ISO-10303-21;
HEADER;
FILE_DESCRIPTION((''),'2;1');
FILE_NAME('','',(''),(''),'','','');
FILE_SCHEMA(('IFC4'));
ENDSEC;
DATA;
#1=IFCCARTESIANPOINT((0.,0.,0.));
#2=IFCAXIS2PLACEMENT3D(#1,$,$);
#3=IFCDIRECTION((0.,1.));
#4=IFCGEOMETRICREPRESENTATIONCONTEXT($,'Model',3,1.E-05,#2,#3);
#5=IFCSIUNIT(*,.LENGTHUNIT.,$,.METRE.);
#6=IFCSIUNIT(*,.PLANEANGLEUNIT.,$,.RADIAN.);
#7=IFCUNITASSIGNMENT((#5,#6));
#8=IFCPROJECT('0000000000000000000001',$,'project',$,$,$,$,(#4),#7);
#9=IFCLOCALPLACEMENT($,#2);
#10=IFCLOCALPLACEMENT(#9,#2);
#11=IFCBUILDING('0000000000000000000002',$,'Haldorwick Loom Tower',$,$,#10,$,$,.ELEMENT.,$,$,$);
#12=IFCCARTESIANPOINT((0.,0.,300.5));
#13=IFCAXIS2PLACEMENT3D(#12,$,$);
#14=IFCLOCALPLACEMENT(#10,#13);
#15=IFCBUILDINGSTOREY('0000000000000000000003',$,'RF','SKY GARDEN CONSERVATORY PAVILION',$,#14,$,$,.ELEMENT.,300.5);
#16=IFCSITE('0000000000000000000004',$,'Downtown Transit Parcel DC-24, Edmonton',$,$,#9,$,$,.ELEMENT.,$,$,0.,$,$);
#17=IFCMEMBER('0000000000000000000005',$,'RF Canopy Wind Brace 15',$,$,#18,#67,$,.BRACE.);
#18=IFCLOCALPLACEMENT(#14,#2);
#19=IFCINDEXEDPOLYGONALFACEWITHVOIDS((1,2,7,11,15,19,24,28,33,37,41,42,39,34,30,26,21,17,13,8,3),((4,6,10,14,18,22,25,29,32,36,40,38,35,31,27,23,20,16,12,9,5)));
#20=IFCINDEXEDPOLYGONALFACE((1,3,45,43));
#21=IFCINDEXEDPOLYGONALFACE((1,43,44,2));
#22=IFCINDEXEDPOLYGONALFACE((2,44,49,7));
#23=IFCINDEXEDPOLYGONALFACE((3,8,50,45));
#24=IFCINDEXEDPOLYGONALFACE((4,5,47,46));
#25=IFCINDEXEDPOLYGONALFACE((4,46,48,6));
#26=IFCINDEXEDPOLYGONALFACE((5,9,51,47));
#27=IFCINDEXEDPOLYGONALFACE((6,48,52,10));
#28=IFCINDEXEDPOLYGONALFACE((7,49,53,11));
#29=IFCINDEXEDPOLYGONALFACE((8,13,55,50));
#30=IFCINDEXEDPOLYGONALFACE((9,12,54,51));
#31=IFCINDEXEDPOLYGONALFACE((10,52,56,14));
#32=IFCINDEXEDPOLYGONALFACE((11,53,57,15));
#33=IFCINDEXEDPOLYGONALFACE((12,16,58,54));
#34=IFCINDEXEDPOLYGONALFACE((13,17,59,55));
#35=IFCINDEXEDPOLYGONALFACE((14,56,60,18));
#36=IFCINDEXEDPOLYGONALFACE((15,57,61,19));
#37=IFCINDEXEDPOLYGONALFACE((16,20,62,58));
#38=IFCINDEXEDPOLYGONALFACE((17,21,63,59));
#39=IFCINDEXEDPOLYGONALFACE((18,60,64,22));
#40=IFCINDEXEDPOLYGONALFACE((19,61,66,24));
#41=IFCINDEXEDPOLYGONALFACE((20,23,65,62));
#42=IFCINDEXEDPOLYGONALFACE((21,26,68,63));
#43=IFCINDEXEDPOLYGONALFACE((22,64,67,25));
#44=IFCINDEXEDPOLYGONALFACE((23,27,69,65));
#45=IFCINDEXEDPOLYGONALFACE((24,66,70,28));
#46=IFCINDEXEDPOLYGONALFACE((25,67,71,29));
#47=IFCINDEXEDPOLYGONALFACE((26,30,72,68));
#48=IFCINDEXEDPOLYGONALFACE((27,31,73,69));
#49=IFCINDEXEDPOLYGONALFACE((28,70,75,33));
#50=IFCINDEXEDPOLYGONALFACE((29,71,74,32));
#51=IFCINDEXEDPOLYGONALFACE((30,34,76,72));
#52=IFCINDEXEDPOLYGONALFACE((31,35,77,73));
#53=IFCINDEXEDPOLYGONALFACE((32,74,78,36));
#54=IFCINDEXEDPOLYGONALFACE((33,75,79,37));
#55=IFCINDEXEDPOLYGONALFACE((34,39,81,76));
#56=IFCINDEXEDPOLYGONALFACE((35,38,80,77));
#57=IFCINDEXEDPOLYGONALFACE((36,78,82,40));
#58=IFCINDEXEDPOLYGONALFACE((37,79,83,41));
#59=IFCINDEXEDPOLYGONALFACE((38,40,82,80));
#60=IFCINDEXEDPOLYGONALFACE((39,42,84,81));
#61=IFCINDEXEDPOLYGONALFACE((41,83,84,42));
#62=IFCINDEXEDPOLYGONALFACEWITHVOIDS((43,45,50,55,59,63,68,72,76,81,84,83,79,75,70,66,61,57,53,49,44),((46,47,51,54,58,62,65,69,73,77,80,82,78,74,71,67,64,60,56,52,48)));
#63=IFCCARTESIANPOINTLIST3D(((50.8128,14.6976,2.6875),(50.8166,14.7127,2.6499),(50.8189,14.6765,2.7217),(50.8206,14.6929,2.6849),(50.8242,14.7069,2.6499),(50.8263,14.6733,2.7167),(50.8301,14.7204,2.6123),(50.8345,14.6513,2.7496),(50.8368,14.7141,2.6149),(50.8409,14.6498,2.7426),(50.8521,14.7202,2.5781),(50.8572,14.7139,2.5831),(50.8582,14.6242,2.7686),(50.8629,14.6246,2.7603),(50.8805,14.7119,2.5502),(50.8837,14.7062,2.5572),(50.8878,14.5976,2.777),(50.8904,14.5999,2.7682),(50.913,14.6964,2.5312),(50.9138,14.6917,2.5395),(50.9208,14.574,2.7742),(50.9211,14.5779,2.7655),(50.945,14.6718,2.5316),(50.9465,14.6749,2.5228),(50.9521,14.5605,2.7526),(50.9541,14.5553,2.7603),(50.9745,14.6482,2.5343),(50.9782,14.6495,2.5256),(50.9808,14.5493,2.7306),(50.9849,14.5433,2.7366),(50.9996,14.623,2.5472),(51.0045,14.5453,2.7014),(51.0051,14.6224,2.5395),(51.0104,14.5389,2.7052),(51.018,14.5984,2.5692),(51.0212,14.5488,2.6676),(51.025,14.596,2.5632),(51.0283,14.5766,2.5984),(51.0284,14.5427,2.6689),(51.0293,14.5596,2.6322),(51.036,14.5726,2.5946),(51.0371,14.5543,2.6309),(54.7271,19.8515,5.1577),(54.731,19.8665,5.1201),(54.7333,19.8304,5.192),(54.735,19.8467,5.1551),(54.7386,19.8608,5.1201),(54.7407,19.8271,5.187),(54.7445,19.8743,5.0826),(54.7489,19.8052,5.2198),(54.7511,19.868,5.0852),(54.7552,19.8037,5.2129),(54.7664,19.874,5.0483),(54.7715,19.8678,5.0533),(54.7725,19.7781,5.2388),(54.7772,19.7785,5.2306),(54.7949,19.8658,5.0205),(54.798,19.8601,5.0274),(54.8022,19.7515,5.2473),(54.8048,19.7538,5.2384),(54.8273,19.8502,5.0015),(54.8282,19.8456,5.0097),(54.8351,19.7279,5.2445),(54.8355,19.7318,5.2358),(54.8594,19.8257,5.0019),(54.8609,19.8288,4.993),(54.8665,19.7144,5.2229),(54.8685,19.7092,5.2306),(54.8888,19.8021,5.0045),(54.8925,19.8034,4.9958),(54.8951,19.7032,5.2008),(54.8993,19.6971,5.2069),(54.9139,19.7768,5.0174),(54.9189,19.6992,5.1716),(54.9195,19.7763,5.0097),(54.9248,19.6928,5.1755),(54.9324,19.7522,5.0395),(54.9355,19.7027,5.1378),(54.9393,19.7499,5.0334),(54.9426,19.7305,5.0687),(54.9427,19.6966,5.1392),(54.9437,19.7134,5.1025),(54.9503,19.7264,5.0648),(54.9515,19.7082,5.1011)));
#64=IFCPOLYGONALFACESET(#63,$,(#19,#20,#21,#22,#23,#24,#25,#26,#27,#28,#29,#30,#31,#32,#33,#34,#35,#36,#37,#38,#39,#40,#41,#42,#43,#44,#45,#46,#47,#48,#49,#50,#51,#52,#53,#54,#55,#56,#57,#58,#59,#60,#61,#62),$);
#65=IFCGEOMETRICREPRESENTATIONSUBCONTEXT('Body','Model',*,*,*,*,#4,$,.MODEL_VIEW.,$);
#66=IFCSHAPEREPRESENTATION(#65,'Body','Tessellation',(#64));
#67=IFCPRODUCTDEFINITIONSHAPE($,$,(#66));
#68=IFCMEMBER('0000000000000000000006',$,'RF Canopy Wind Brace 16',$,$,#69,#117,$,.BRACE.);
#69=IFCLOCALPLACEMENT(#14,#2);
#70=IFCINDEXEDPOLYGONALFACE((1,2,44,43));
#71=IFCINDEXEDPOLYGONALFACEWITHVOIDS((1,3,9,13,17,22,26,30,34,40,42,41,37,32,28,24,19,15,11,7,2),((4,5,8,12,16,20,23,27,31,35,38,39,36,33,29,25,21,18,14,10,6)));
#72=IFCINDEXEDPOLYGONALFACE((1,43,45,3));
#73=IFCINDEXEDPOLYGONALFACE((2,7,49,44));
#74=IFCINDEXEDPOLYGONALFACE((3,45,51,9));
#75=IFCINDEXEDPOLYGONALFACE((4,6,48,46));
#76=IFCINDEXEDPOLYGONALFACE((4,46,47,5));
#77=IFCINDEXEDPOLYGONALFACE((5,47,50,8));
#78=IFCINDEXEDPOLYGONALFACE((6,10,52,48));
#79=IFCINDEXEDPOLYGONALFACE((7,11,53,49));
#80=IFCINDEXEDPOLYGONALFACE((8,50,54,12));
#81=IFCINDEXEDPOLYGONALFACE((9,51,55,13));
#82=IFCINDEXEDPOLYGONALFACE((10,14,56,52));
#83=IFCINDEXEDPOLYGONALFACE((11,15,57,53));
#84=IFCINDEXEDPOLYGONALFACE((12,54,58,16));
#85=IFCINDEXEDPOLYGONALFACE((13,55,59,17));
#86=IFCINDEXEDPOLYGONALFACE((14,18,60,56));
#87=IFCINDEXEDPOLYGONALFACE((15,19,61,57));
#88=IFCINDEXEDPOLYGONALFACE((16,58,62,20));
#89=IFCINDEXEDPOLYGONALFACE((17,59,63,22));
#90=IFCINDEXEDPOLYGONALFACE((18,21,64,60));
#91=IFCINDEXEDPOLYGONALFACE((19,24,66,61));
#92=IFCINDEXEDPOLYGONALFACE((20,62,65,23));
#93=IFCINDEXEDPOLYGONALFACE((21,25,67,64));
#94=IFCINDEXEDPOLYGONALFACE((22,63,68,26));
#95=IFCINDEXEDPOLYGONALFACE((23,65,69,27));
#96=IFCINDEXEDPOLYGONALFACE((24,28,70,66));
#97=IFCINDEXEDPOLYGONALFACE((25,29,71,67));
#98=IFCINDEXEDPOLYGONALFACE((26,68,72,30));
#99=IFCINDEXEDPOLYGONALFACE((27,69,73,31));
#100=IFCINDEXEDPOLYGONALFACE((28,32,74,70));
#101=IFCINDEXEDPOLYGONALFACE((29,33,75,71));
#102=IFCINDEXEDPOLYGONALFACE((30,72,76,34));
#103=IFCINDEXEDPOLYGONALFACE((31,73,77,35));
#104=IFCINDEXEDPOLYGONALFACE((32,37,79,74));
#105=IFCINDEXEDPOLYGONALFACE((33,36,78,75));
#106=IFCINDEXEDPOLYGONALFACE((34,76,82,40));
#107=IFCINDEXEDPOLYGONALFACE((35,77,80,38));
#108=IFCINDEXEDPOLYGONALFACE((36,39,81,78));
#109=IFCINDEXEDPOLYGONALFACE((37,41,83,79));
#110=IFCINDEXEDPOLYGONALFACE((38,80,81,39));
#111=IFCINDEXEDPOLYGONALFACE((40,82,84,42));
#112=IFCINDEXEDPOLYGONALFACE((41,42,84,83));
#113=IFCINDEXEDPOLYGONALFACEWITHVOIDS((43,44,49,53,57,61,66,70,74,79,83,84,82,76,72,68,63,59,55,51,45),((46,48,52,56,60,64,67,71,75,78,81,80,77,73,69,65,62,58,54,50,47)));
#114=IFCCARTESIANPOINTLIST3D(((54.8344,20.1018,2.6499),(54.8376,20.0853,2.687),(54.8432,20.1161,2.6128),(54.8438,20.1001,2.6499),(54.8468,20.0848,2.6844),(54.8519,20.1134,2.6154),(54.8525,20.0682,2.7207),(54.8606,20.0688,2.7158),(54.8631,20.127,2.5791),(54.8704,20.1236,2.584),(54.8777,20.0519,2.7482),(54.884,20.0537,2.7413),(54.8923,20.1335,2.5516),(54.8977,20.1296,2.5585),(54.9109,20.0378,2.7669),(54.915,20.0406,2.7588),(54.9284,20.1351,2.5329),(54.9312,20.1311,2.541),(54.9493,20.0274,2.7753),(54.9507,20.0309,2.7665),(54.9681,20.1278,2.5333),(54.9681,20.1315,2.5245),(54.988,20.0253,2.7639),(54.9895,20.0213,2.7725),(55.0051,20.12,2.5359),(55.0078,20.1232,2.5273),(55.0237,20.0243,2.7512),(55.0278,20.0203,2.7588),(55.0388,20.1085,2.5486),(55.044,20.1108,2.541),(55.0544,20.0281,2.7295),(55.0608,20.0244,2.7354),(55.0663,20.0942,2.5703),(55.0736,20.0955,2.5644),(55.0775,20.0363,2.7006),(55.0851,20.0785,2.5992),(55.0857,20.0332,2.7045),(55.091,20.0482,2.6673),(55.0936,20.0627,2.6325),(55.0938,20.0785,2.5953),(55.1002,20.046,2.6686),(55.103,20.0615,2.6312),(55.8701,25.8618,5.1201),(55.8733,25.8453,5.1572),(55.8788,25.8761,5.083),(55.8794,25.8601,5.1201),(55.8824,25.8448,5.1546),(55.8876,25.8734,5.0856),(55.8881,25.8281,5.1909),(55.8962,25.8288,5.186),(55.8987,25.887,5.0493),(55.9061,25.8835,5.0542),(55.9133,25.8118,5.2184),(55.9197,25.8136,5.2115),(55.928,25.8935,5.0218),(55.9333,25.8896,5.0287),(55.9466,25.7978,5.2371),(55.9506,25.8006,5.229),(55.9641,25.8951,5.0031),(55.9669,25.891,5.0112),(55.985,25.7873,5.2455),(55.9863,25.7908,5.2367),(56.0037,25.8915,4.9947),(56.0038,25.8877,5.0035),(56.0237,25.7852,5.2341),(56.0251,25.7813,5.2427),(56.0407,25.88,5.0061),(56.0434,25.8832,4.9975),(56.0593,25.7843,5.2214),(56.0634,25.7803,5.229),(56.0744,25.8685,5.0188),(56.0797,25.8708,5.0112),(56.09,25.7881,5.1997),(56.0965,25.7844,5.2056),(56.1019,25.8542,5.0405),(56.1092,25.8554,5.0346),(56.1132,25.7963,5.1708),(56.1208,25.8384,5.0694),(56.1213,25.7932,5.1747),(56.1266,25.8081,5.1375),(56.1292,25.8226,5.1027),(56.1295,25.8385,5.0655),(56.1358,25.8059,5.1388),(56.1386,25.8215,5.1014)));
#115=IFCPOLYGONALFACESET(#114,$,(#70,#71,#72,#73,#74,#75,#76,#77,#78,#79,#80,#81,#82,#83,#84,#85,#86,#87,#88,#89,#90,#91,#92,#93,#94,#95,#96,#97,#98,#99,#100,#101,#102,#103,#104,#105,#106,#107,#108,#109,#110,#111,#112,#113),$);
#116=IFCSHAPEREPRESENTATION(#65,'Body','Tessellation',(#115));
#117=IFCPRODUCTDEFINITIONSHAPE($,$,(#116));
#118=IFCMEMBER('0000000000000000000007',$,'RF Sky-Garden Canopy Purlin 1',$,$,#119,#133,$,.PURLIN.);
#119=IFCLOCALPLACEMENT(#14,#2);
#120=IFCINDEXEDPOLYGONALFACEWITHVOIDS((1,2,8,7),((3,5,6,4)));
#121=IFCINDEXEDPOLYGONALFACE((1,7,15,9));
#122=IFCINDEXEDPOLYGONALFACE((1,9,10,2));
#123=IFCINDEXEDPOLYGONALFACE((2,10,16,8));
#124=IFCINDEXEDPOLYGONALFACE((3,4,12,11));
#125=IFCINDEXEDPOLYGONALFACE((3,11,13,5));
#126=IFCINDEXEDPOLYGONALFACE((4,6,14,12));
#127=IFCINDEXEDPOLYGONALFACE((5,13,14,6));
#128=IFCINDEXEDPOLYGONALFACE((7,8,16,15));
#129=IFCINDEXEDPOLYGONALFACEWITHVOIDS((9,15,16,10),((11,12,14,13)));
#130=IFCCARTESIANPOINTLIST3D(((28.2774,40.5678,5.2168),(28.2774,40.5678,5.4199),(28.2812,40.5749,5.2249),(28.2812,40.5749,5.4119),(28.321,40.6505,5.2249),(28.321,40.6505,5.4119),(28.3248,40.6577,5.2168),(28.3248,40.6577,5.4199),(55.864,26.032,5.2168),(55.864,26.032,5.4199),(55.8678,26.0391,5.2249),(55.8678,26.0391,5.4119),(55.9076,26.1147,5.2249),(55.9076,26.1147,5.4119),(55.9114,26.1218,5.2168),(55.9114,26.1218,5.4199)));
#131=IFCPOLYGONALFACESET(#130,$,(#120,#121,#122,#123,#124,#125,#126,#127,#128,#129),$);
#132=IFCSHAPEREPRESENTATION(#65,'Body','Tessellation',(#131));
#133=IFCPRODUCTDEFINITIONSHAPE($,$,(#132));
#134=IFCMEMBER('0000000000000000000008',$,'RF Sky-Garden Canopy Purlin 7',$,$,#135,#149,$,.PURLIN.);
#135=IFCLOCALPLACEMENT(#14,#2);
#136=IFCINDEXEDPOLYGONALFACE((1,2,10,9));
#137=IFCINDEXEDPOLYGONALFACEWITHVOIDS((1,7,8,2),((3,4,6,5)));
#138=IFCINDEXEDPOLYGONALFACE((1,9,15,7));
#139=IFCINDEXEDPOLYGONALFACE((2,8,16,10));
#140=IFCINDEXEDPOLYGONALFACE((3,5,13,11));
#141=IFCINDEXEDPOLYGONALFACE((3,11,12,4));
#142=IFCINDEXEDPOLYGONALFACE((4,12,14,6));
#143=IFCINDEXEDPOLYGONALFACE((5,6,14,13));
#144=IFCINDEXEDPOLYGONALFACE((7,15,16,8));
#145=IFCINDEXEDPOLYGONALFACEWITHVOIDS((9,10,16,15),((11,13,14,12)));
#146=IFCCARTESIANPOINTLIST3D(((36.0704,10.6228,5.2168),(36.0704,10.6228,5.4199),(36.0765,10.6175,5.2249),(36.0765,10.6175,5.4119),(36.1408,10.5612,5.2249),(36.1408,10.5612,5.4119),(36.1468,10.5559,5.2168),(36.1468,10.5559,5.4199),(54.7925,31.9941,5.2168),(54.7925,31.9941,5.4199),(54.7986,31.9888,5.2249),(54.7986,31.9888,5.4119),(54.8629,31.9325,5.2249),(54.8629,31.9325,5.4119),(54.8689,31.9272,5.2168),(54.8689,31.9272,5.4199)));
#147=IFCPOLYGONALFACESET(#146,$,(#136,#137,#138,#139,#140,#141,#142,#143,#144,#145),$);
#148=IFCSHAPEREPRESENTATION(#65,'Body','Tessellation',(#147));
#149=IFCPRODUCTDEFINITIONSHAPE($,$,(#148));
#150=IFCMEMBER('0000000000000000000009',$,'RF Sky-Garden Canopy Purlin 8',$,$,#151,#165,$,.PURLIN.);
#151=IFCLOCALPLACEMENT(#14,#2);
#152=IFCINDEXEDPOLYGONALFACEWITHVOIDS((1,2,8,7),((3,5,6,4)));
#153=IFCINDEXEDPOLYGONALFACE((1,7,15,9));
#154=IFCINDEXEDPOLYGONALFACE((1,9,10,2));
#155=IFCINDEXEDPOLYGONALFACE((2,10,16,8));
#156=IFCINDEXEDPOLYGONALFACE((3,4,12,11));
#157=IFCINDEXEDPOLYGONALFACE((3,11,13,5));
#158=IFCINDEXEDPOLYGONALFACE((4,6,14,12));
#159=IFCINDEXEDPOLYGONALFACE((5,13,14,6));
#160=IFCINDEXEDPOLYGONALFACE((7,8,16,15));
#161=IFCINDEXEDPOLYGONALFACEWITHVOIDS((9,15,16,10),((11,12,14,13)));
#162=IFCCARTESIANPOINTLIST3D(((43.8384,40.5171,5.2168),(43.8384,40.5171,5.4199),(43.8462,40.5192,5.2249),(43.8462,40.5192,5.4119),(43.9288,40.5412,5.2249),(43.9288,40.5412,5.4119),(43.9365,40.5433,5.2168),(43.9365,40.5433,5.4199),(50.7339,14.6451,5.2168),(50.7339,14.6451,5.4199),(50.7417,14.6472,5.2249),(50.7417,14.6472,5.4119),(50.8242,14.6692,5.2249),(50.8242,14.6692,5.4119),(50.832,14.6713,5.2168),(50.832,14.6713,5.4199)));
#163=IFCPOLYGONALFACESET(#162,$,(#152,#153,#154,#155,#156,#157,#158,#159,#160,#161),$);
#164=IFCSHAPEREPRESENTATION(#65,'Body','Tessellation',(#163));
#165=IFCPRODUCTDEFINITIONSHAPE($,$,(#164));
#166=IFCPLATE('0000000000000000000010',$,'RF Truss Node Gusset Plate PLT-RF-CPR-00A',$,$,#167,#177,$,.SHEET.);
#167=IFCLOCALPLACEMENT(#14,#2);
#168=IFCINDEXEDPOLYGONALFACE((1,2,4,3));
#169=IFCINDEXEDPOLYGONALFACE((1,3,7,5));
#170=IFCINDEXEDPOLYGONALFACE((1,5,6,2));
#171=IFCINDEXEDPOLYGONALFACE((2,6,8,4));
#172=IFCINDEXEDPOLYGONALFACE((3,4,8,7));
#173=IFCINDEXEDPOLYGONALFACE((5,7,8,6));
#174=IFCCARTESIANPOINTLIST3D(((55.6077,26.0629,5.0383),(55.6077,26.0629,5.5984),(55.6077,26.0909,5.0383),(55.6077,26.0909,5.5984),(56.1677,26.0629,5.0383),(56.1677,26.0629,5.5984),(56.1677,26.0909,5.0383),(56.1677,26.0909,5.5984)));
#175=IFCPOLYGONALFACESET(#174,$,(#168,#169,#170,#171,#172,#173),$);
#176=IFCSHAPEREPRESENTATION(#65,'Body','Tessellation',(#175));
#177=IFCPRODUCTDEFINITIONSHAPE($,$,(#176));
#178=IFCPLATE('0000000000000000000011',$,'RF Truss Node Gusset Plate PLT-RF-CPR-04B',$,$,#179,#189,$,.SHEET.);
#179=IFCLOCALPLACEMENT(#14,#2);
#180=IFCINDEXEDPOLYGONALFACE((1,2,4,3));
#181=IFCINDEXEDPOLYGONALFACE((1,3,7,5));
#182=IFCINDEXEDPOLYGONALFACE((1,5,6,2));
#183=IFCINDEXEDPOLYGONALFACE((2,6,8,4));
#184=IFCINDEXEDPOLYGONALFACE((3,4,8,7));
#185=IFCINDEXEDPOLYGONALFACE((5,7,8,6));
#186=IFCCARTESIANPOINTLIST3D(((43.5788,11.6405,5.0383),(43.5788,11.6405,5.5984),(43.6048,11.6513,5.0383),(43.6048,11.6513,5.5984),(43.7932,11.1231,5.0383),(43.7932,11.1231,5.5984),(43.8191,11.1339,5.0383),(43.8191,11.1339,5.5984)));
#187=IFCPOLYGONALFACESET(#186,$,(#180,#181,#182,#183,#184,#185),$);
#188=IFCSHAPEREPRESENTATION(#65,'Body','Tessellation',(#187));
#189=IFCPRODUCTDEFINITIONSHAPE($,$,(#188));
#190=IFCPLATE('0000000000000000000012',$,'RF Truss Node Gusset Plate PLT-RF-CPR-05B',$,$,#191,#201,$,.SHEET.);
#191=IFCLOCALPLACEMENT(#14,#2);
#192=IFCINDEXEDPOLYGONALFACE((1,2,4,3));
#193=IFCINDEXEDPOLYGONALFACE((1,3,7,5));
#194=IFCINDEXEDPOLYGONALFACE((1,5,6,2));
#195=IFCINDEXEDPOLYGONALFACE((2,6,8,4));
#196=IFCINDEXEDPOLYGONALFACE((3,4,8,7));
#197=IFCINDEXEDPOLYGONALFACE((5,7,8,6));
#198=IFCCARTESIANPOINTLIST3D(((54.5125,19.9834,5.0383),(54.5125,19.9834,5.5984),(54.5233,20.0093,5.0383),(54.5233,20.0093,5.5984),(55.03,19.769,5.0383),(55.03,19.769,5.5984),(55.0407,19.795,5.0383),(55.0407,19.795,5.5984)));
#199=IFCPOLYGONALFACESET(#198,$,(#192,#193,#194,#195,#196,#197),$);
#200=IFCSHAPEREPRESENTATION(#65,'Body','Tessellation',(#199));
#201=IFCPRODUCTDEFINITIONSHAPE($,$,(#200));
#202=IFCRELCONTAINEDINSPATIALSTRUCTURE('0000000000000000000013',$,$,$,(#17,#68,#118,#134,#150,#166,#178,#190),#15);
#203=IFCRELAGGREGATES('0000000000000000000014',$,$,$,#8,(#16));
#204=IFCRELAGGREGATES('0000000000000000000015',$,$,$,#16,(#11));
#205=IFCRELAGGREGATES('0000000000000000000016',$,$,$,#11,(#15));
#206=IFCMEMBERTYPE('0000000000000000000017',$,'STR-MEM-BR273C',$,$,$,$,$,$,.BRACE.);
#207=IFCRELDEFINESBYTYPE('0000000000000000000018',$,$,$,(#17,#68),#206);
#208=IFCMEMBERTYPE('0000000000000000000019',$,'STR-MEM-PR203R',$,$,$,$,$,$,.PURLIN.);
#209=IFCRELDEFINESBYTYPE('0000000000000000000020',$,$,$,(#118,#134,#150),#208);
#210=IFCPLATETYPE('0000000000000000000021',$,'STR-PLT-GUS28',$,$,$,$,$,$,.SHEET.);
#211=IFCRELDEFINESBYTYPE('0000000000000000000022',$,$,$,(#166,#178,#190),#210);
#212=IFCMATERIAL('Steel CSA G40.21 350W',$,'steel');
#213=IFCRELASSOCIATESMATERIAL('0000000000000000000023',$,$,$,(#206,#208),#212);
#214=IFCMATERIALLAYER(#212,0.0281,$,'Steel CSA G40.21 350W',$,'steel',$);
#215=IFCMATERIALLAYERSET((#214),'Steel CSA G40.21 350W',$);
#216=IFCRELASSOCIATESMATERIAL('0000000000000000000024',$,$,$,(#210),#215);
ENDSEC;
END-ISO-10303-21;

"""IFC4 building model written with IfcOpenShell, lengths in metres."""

from ifc_helpers import new_model, si_unit, direction, frame, origin, origin_2d, place, context, subcontext, project, spatial, rectangle, hollow_rectangle, hollow_circle, extrude, material, layer, layer_set, material_profile, profile_set, type_object, element, save


model = new_model("IFC4")

# Units and contexts
model_context = context("Model", 3, precision=1e-05, world=origin(), true_north=direction((0.0, 1.0)))
body_context = subcontext(model_context, "Body", "Model", "MODEL_VIEW")
ifc_project = project(units=[si_unit("LENGTHUNIT", "METRE"), si_unit("PLANEANGLEUNIT", "RADIAN")], contexts=[model_context])

# Site, building, storey
site_placement = place(None, origin())
site = spatial("IfcSite", under=ifc_project, at=site_placement, Name="Downtown Transit Parcel DC-24, Edmonton", CompositionType="ELEMENT", RefElevation=0.0)
building_placement = place(site_placement, origin())
building = spatial("IfcBuilding", under=site, at=building_placement, Name="Haldorwick Loom Tower", CompositionType="ELEMENT")
storey_placement = place(building_placement, frame((0.0, 0.0, 300.5)))
storey = spatial("IfcBuildingStorey", under=building, at=storey_placement, Name="RF", Description="SKY GARDEN CONSERVATORY PAVILION", CompositionType="ELEMENT", Elevation=300.5)

# Shared definitions
ifc_material_1 = material(Name="Steel CSA G40.21 350W", Category="steel")

# Members
ifc_material_profile_1 = material_profile(ifc_material_1, hollow_circle(Radius=0.1365, WallThickness=0.0095, at=origin_2d()), Name="HSS273X10", Category="steel")
ifc_profile_set_1 = profile_set([ifc_material_profile_1], Name="Steel CSA G40.21 350W")
member_type_1 = type_object("IfcMemberType", Name="STR-MEM-BR273C", PredefinedType="BRACE", material=ifc_profile_set_1)
member_1_placement = place(storey_placement, frame((50.9253, 14.6301, 2.6499), z_axis=(0.565067, 0.744001, 0.356599), x_axis=(-0.796355, 0.60483, 0.0)))
element("IfcMember", 1, at=member_1_placement, inside=storey, type_object=member_type_1, Name="RF Canopy Wind Brace 15", PredefinedType="BRACE", context=body_context, shape_type="SweptSolid", body=[
    extrude(hollow_circle(Radius=0.1365, WallThickness=0.0095, at=origin_2d()), origin(), (0.0, 0.0, 1.0), 6.9272),
])
member_2_placement = place(storey_placement, frame((54.9688, 20.0776, 2.6499), z_axis=(0.163034, 0.906754, 0.388867), x_axis=(-0.984218, 0.176961, 0.0)))
element("IfcMember", 2, at=member_2_placement, inside=storey, type_object=member_type_1, Name="RF Canopy Wind Brace 16", PredefinedType="BRACE", context=body_context, shape_type="SweptSolid", body=[
    extrude(hollow_circle(Radius=0.1365, WallThickness=0.0095, at=origin_2d()), origin(), (0.0, 0.0, 1.0), 6.3523),
])
ifc_material_profile_2 = material_profile(ifc_material_1, hollow_rectangle(XDim=0.1016, YDim=0.2031, WallThickness=0.0081, at=origin_2d()), Name="HSS203X102X8", Category="steel")
ifc_profile_set_2 = profile_set([ifc_material_profile_2], Name="Steel CSA G40.21 350W")
member_type_2 = type_object("IfcMemberType", Name="STR-MEM-PR203R", PredefinedType="PURLIN", material=ifc_profile_set_2)
member_3_placement = place(storey_placement, frame((55.8877, 26.0769, 5.3184), z_axis=(-0.884699, 0.466163, 0.0), x_axis=(-0.466163, -0.884699, 0.0)))
element("IfcMember", 3, at=member_3_placement, inside=storey, type_object=member_type_2, Name="RF Sky-Garden Canopy Purlin 1", PredefinedType="PURLIN", context=body_context, shape_type="SweptSolid", body=[
    extrude(hollow_rectangle(XDim=0.1016, YDim=0.2031, WallThickness=0.0081, at=origin_2d()), origin(), (0.0, 0.0, 1.0), 31.1819),
])
member_4_placement = place(storey_placement, frame((36.1086, 10.5894, 5.3184), z_axis=(0.658948, 0.752189, 0.0), x_axis=(-0.752189, 0.658948, 0.0)))
element("IfcMember", 4, at=member_4_placement, inside=storey, type_object=member_type_2, Name="RF Sky-Garden Canopy Purlin 7", PredefinedType="PURLIN", context=body_context, shape_type="SweptSolid", body=[
    extrude(hollow_rectangle(XDim=0.1016, YDim=0.2031, WallThickness=0.0081, at=origin_2d()), origin(), (0.0, 0.0, 1.0), 28.4121),
])
member_5_placement = place(storey_placement, frame((50.783, 14.6582, 5.3184), z_axis=(-0.257533, 0.966269, 0.0), x_axis=(-0.966269, -0.257533, 0.0)))
element("IfcMember", 5, at=member_5_placement, inside=storey, type_object=member_type_2, Name="RF Sky-Garden Canopy Purlin 8", PredefinedType="PURLIN", context=body_context, shape_type="SweptSolid", body=[
    extrude(hollow_rectangle(XDim=0.1016, YDim=0.2031, WallThickness=0.0081, at=origin_2d()), origin(), (0.0, 0.0, 1.0), 26.7751),
])

# Plates
ifc_layer = layer(ifc_material_1, 0.0281, Name="Steel CSA G40.21 350W", Category="steel")
ifc_layer_set = layer_set([ifc_layer], Name="Steel CSA G40.21 350W")
plate_type = type_object("IfcPlateType", Name="STR-PLT-GUS28", PredefinedType="SHEET", material=ifc_layer_set)
for number, where, z_axis, x_axis, name in (
    (6, (55.8877, 26.0769, 5.0383), (0.0, 0.0, 1.0), (1.0, 0.0, 0.0), "RF Truss Node Gusset Plate PLT-RF-CPR-00A"),
    (7, (43.699, 11.3872, 5.0383), (0.0, 0.0, 1.0), (0.382683, -0.92388, 0.0), "RF Truss Node Gusset Plate PLT-RF-CPR-04B"),
    (8, (54.7766, 19.8892, 5.0383), (0.0, 0.0, 1.0), (0.92388, -0.382683, 0.0), "RF Truss Node Gusset Plate PLT-RF-CPR-05B"),
):
    element("IfcPlate", number, at=place(storey_placement, frame(where, z_axis=z_axis, x_axis=x_axis)), inside=storey, type_object=plate_type, Name=name, PredefinedType="SHEET", context=body_context, shape_type="SweptSolid", body=[
        extrude(rectangle(XDim=0.5601, YDim=0.0281, at=origin_2d()), origin(), (0.0, 0.0, 1.0), 0.5601),
    ])

save(model, "model.ifc")
